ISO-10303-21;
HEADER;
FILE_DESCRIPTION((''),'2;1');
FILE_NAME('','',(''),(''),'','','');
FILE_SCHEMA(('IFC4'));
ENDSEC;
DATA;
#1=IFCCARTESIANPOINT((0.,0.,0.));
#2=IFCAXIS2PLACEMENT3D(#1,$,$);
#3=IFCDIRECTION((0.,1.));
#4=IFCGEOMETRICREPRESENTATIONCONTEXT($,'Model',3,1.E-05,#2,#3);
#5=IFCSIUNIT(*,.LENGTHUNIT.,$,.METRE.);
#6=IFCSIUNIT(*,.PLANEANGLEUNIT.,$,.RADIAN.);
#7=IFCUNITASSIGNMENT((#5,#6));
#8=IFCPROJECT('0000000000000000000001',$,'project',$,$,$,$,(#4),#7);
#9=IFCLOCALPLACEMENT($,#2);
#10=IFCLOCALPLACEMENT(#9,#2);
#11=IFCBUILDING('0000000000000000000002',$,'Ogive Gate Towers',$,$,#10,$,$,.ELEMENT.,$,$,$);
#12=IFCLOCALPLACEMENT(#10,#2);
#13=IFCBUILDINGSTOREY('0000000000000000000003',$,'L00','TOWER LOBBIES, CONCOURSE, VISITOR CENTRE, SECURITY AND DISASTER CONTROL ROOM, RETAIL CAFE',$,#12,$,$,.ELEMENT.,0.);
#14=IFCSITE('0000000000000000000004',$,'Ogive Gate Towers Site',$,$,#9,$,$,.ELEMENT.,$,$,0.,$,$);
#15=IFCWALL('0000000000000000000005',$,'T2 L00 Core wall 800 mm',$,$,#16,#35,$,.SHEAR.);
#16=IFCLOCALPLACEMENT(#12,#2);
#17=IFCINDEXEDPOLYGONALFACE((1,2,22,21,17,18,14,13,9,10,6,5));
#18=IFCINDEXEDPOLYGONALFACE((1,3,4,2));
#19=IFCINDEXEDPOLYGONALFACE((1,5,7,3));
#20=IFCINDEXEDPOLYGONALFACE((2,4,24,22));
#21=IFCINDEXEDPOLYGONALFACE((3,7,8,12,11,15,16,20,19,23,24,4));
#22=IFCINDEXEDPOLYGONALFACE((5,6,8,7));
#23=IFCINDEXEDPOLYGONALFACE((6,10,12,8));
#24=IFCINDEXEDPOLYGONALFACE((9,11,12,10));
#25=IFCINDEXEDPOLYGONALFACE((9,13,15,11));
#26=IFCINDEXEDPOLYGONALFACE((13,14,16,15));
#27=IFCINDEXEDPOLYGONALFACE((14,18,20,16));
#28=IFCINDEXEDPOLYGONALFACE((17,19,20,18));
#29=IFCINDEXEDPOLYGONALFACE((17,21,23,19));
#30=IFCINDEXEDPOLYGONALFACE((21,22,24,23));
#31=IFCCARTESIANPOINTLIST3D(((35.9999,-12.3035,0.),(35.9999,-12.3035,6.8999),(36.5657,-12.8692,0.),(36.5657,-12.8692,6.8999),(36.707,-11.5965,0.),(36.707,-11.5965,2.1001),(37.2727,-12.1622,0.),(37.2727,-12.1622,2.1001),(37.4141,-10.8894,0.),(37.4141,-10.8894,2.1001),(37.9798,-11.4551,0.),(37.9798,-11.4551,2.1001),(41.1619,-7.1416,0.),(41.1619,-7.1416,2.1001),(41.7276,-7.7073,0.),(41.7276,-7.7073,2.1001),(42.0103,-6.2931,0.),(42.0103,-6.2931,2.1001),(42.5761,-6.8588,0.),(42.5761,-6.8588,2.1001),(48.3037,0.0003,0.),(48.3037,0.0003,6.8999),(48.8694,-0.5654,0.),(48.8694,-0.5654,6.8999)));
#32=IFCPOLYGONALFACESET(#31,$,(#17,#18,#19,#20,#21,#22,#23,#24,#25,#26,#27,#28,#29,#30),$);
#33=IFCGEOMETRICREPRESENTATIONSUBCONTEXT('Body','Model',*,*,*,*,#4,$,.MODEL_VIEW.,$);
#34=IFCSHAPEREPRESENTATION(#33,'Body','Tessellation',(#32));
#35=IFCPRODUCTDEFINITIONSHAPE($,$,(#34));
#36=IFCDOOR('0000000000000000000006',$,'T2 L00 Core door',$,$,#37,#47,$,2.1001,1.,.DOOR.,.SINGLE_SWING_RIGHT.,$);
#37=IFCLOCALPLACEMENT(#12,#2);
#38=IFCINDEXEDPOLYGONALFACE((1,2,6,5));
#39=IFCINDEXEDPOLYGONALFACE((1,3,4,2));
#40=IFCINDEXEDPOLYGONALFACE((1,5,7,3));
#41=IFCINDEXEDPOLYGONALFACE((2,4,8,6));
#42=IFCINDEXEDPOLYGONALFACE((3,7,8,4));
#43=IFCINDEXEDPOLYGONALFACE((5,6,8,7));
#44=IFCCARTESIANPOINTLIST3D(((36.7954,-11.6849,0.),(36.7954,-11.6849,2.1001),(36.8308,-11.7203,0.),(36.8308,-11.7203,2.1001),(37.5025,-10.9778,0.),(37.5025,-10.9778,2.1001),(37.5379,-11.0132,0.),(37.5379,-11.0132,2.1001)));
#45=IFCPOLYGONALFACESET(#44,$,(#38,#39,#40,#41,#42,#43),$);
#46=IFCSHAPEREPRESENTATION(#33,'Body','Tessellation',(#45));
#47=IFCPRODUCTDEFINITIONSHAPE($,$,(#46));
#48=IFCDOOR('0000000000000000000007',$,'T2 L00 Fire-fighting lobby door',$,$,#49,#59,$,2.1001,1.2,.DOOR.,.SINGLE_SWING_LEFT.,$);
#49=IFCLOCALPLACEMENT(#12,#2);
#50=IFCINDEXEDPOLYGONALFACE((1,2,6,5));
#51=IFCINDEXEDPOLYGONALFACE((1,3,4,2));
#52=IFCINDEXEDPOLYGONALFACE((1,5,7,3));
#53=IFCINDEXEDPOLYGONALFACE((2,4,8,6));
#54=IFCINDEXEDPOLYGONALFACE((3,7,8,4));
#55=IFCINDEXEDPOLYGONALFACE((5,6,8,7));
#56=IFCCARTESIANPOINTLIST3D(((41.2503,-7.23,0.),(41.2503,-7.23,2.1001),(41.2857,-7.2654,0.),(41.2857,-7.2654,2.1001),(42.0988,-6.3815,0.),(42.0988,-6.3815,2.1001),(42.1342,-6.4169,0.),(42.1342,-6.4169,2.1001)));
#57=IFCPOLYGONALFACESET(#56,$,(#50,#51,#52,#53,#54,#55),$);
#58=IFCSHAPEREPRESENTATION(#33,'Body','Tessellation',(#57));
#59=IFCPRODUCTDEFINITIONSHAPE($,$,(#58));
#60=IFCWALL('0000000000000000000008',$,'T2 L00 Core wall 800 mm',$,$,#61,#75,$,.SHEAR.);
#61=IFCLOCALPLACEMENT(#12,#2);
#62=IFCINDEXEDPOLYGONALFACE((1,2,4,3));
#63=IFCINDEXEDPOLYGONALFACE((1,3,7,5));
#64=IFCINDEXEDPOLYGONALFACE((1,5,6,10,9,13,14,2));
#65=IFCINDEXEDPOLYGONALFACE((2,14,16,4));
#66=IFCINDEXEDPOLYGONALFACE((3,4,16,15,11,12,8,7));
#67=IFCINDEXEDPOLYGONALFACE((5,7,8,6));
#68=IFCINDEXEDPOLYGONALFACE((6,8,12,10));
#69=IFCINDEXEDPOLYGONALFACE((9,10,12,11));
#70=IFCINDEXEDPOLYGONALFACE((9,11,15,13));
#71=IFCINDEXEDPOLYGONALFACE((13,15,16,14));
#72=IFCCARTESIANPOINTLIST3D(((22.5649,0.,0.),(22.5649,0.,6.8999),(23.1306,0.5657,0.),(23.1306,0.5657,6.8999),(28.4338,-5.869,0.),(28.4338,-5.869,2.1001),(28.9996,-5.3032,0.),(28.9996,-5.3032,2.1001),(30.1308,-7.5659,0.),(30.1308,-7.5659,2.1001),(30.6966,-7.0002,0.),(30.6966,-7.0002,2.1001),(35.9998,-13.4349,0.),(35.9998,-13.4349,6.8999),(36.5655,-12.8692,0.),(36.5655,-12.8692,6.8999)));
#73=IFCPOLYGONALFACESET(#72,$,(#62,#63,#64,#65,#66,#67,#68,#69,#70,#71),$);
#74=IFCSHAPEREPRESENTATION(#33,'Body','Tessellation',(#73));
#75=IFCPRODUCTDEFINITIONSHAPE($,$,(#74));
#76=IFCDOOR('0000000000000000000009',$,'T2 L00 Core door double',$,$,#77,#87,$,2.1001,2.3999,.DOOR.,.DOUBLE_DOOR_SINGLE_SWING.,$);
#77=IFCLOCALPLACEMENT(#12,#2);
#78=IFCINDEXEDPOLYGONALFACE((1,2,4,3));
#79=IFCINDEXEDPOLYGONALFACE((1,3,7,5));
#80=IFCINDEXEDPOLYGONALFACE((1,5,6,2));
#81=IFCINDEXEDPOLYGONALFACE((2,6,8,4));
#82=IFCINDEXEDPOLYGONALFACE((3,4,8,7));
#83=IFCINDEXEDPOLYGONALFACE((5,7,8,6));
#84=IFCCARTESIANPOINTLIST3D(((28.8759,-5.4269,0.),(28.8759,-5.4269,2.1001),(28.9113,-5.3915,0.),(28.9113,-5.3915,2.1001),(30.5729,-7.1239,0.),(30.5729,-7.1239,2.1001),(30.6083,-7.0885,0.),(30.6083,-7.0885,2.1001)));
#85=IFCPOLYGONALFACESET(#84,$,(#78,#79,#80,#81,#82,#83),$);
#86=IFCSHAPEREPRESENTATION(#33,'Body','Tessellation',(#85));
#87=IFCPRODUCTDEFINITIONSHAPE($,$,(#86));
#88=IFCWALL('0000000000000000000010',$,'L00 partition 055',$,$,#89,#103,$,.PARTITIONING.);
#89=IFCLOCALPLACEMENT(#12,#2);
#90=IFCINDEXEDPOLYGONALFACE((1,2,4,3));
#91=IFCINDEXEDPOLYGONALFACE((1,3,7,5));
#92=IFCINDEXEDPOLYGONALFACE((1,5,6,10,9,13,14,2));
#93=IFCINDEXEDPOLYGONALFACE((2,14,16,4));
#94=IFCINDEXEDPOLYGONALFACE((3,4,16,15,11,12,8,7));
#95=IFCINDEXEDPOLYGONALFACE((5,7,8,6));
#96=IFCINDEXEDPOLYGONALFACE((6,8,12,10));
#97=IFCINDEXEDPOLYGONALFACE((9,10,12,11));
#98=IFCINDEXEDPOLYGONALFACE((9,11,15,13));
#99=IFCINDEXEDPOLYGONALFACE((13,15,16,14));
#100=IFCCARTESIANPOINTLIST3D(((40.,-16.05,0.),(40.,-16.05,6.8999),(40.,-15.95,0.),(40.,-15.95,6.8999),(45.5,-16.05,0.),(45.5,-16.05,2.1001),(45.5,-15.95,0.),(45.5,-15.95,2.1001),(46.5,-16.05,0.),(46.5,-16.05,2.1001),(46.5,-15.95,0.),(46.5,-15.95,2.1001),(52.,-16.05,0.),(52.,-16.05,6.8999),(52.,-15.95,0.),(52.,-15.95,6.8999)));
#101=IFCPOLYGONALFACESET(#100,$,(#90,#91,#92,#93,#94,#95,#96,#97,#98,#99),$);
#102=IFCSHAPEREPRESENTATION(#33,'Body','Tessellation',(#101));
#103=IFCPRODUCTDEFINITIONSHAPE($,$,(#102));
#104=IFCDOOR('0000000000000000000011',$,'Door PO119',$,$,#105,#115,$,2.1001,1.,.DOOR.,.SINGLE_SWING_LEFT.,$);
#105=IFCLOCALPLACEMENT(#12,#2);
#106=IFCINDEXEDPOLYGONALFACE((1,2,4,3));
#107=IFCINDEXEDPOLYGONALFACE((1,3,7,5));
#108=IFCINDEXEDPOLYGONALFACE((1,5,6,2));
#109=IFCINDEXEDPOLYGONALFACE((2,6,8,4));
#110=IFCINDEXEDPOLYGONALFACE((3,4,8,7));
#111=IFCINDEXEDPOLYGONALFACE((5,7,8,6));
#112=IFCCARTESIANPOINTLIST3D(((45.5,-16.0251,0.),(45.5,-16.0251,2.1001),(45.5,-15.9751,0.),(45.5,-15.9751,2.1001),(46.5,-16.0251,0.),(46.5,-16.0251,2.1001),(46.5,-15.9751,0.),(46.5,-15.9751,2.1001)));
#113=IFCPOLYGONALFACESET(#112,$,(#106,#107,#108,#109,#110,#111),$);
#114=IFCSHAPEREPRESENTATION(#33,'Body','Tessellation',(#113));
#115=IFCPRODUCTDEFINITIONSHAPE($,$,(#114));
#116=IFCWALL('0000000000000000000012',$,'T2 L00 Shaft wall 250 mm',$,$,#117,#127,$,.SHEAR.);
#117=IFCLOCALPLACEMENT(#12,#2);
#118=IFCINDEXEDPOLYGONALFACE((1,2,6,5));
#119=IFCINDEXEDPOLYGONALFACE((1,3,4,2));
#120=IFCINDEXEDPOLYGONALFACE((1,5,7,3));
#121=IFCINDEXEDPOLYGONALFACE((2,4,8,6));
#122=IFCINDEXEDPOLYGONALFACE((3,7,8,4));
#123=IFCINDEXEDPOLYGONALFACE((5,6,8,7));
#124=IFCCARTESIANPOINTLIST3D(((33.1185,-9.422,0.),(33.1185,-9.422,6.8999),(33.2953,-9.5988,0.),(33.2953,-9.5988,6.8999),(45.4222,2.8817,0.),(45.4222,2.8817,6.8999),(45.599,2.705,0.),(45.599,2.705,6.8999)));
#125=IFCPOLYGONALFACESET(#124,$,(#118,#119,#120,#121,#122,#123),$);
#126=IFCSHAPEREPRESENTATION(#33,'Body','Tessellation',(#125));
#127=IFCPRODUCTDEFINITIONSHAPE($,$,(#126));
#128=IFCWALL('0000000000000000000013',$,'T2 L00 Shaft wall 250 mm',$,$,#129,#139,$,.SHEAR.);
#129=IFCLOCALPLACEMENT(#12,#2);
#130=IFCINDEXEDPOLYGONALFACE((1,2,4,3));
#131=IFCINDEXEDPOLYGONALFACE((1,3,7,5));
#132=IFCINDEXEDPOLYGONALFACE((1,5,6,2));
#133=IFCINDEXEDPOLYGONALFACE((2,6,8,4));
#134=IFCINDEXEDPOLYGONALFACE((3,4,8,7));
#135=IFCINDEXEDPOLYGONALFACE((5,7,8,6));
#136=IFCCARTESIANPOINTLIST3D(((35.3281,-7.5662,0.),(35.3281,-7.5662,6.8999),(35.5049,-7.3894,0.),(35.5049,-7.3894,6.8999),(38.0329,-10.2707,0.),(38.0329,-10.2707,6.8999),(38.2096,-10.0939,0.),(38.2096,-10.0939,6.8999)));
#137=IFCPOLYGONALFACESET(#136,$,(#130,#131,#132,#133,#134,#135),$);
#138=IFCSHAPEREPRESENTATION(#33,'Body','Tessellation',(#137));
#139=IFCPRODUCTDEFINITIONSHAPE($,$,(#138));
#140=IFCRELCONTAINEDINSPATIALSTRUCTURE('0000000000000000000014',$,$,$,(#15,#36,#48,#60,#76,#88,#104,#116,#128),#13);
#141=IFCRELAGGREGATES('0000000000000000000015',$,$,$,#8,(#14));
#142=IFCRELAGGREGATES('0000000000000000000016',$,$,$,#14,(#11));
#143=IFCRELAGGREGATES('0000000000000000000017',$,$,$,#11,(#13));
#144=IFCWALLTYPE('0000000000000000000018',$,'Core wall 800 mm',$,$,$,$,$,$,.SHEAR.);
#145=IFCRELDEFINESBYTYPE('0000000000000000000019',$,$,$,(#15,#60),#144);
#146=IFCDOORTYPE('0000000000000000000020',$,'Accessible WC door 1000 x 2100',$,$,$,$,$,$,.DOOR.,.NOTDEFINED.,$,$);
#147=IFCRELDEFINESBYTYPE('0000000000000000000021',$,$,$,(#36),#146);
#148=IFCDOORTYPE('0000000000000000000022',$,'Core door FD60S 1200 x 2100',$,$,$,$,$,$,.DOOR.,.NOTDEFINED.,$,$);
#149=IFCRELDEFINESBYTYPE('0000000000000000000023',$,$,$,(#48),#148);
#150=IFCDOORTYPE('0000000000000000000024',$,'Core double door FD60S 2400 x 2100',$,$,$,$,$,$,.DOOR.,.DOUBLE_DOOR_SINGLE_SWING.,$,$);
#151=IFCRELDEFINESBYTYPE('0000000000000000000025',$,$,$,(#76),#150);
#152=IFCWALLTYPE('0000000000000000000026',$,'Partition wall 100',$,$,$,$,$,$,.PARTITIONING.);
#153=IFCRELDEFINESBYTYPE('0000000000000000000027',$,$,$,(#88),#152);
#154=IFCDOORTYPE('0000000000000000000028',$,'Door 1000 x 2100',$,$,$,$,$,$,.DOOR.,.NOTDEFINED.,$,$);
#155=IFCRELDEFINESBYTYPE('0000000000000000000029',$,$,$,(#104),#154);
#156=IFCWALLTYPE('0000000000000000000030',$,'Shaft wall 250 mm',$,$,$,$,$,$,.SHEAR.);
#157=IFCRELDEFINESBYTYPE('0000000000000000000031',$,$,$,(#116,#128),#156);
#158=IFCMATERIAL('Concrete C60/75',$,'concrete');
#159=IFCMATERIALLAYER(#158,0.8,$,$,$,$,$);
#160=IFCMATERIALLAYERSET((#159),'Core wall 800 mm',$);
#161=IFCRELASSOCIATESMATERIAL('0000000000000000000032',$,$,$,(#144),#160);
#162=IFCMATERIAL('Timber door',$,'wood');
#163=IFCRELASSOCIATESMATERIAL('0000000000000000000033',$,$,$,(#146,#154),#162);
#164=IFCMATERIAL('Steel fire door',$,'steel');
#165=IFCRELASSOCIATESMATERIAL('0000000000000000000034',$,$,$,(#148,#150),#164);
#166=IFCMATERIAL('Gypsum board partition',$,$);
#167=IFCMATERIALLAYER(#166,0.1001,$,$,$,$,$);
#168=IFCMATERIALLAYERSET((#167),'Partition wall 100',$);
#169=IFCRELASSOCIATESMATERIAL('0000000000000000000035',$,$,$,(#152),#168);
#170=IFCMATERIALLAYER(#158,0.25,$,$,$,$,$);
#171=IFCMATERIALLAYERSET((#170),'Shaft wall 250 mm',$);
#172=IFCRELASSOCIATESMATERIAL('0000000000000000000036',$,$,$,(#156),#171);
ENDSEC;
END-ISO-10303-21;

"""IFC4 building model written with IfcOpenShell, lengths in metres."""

from ifc_helpers import new_model, si_unit, direction, frame, frame_2d, origin, place, context, subcontext, project, spatial, rectangle, extrude, material, layer, layer_set, type_object, element, fill, save


model = new_model("IFC4")

# Units and contexts
model_context = context("Model", 3, precision=1e-05, world=origin(), true_north=direction((0.0, 1.0)))
body_context = subcontext(model_context, "Body", "Model", "MODEL_VIEW")
ifc_project = project(units=[si_unit("LENGTHUNIT", "METRE"), si_unit("PLANEANGLEUNIT", "RADIAN")], contexts=[model_context])

# Site, building, storey
site_placement = place(None, origin())
site = spatial("IfcSite", under=ifc_project, at=site_placement, Name="Ogive Gate Towers Site", CompositionType="ELEMENT", RefElevation=0.0)
building_placement = place(site_placement, origin())
building = spatial("IfcBuilding", under=site, at=building_placement, Name="Ogive Gate Towers", CompositionType="ELEMENT")
storey_placement = place(building_placement, origin())
storey = spatial("IfcBuildingStorey", under=building, at=storey_placement, Name="L00", Description="TOWER LOBBIES, CONCOURSE, VISITOR CENTRE, SECURITY AND DISASTER CONTROL ROOM, RETAIL CAFE", CompositionType="ELEMENT", Elevation=0.0)

# Wall, openings, doors
ifc_material_1 = material(Name="Concrete C60/75", Category="concrete")
ifc_layer_1 = layer(ifc_material_1, 0.8)
ifc_layer_set_1 = layer_set([ifc_layer_1], Name="Core wall 800 mm")
wall_type_1 = type_object("IfcWallType", Name="Core wall 800 mm", PredefinedType="SHEAR", material=ifc_layer_set_1)
wall_1_placement = place(storey_placement, frame((36.2827, -12.5864, 0.0), z_axis=(0.0, 0.0, 1.0), x_axis=(0.707107, 0.707107, 0.0)))
wall_1 = element("IfcWall", 1, at=wall_1_placement, inside=storey, type_object=wall_type_1, Name="T2 L00 Core wall 800 mm", PredefinedType="SHEAR", context=body_context, shape_type="SweptSolid", body=[
    extrude(rectangle(XDim=17.4001, YDim=0.8, at=frame_2d((8.7002, 0.0))), origin(), (0.0, 0.0, 1.0), 6.8999),
])
opening_1_placement = place(wall_1_placement, frame((7.3, 0.0, 0.0)))
opening_1 = element("IfcOpeningElement", 2, at=opening_1_placement, cuts=wall_1, PredefinedType="OPENING", context=body_context, shape_type="SweptSolid", body=[
    extrude(rectangle(XDim=1.2, YDim=2.1001, at=frame_2d((0.6001, 1.05))), frame((0.0, 0.4102, 0.0), z_axis=(0.0, -1.0, 0.0), x_axis=(1.0, 0.0, 0.0)), (0.0, 0.0, 1.0), 0.8201),
])
opening_2_placement = place(wall_1_placement, frame((1.0, 0.0, 0.0)))
opening_2 = element("IfcOpeningElement", 3, at=opening_2_placement, cuts=wall_1, PredefinedType="OPENING", context=body_context, shape_type="SweptSolid", body=[
    extrude(rectangle(XDim=1.0, YDim=2.1001, at=frame_2d((0.5, 1.05))), frame((0.0, 0.4102, 0.0), z_axis=(0.0, -1.0, 0.0), x_axis=(1.0, 0.0, 0.0)), (0.0, 0.0, 1.0), 0.8201),
])
ifc_material_2 = material(Name="Timber door", Category="wood")
door_type_1 = type_object("IfcDoorType", Name="Accessible WC door 1000 x 2100", OperationType="NOTDEFINED", PredefinedType="DOOR", material=ifc_material_2)
door_1_placement = place(opening_2_placement, origin())
door_1 = element("IfcDoor", 4, at=door_1_placement, inside=storey, type_object=door_type_1, Name="T2 L00 Core door", OperationType="SINGLE_SWING_RIGHT", OverallHeight=2.1001, OverallWidth=1.0, PredefinedType="DOOR", context=body_context, shape_type="SweptSolid", body=[
    extrude(rectangle(XDim=1.0, YDim=2.1001, at=frame_2d((0.5, 1.05))), frame((0.0, 0.2749, 0.0), z_axis=(0.0, -1.0, 0.0), x_axis=(1.0, 0.0, 0.0)), (0.0, 0.0, 1.0), 0.05),
])
fill(opening_2, door_1)
ifc_material_3 = material(Name="Steel fire door", Category="steel")
door_type_2 = type_object("IfcDoorType", Name="Core door FD60S 1200 x 2100", OperationType="NOTDEFINED", PredefinedType="DOOR", material=ifc_material_3)
door_2_placement = place(opening_1_placement, origin())
door_2 = element("IfcDoor", 5, at=door_2_placement, inside=storey, type_object=door_type_2, Name="T2 L00 Fire-fighting lobby door", OperationType="SINGLE_SWING_LEFT", OverallHeight=2.1001, OverallWidth=1.2, PredefinedType="DOOR", context=body_context, shape_type="SweptSolid", body=[
    extrude(rectangle(XDim=1.2, YDim=2.1001, at=frame_2d((0.6001, 1.05))), frame((0.0, 0.2749, 0.0), z_axis=(0.0, -1.0, 0.0), x_axis=(1.0, 0.0, 0.0)), (0.0, 0.0, 1.0), 0.05),
])
fill(opening_1, door_2)

# Walls, openings, doors
wall_2_placement = place(storey_placement, frame((36.2827, -13.1521, 0.0), z_axis=(0.0, 0.0, 1.0), x_axis=(-0.707107, 0.707107, 0.0)))
wall_2 = element("IfcWall", 6, at=wall_2_placement, inside=storey, type_object=wall_type_1, Name="T2 L00 Core wall 800 mm", PredefinedType="SHEAR", context=body_context, shape_type="SweptSolid", body=[
    extrude(rectangle(XDim=18.9998, YDim=0.8, at=frame_2d((9.5, 0.0))), origin(), (0.0, 0.0, 1.0), 6.8999),
])
opening_3_placement = place(wall_2_placement, frame((8.3, 0.0, 0.0)))
opening_3 = element("IfcOpeningElement", 7, at=opening_3_placement, cuts=wall_2, PredefinedType="OPENING", context=body_context, shape_type="SweptSolid", body=[
    extrude(rectangle(XDim=2.3999, YDim=2.1001, at=frame_2d((1.2, 1.05))), frame((0.0, 0.4102, 0.0), z_axis=(0.0, -1.0, 0.0), x_axis=(1.0, 0.0, 0.0)), (0.0, 0.0, 1.0), 0.8201),
])
door_type_3 = type_object("IfcDoorType", Name="Core double door FD60S 2400 x 2100", OperationType="DOUBLE_DOOR_SINGLE_SWING", PredefinedType="DOOR", material=ifc_material_3)
door_3_placement = place(opening_3_placement, origin())
door_3 = element("IfcDoor", 8, at=door_3_placement, inside=storey, type_object=door_type_3, Name="T2 L00 Core door double", OperationType="DOUBLE_DOOR_SINGLE_SWING", OverallHeight=2.1001, OverallWidth=2.3999, PredefinedType="DOOR", context=body_context, shape_type="SweptSolid", body=[
    extrude(rectangle(XDim=2.3999, YDim=2.1001, at=frame_2d((1.2, 1.05))), frame((0.0, -0.2251, 0.0), z_axis=(0.0, -1.0, 0.0), x_axis=(1.0, 0.0, 0.0)), (0.0, 0.0, 1.0), 0.05),
])
fill(opening_3, door_3)
ifc_material_4 = material(Name="Gypsum board partition")
ifc_layer_2 = layer(ifc_material_4, 0.1001)
ifc_layer_set_2 = layer_set([ifc_layer_2], Name="Partition wall 100")
wall_type_2 = type_object("IfcWallType", Name="Partition wall 100", PredefinedType="PARTITIONING", material=ifc_layer_set_2)
wall_3_placement = place(storey_placement, frame((40.0, -16.0, 0.0), z_axis=(0.0, 0.0, 1.0), x_axis=(1.0, 0.0, 0.0)))
wall_3 = element("IfcWall", 9, at=wall_3_placement, inside=storey, type_object=wall_type_2, Name="L00 partition 055", PredefinedType="PARTITIONING", context=body_context, shape_type="SweptSolid", body=[
    extrude(rectangle(XDim=12.0, YDim=0.1001, at=frame_2d((6.0, 0.0))), origin(), (0.0, 0.0, 1.0), 6.8999),
])
opening_4_placement = place(wall_3_placement, frame((5.5, 0.0, 0.0)))
opening_4 = element("IfcOpeningElement", 10, at=opening_4_placement, cuts=wall_3, PredefinedType="OPENING", context=body_context, shape_type="SweptSolid", body=[
    extrude(rectangle(XDim=1.0, YDim=2.1001, at=frame_2d((0.5, 1.05))), frame((0.0, 0.0601, 0.0), z_axis=(0.0, -1.0, 0.0), x_axis=(1.0, 0.0, 0.0)), (0.0, 0.0, 1.0), 0.1201),
])
door_type_4 = type_object("IfcDoorType", Name="Door 1000 x 2100", OperationType="NOTDEFINED", PredefinedType="DOOR", material=ifc_material_2)
door_4_placement = place(opening_4_placement, origin())
door_4 = element("IfcDoor", 11, at=door_4_placement, inside=storey, type_object=door_type_4, Name="Door PO119", OperationType="SINGLE_SWING_LEFT", OverallHeight=2.1001, OverallWidth=1.0, PredefinedType="DOOR", context=body_context, shape_type="SweptSolid", body=[
    extrude(rectangle(XDim=1.0, YDim=2.1001, at=frame_2d((0.5, 1.05))), frame((0.0, 0.0249, 0.0), z_axis=(0.0, -1.0, 0.0), x_axis=(1.0, 0.0, 0.0)), (0.0, 0.0, 1.0), 0.05),
])
fill(opening_4, door_4)

# Walls
ifc_layer_3 = layer(ifc_material_1, 0.25)
ifc_layer_set_3 = layer_set([ifc_layer_3], Name="Shaft wall 250 mm")
wall_type_3 = type_object("IfcWallType", Name="Shaft wall 250 mm", PredefinedType="SHEAR", material=ifc_layer_set_3)
wall_4_placement = place(storey_placement, frame((33.2068, -9.5105, 0.0), z_axis=(0.0, 0.0, 1.0), x_axis=(0.707107, 0.707107, 0.0)))
element("IfcWall", 12, at=wall_4_placement, inside=storey, type_object=wall_type_3, Name="T2 L00 Shaft wall 250 mm", PredefinedType="SHEAR", context=body_context, shape_type="SweptSolid", body=[
    extrude(rectangle(XDim=17.4001, YDim=0.25, at=frame_2d((8.7002, 0.0))), origin(), (0.0, 0.0, 1.0), 6.8999),
])
wall_5_placement = place(storey_placement, frame((38.1213, -10.1824, 0.0), z_axis=(0.0, 0.0, 1.0), x_axis=(-0.707139, 0.707075, 0.0)))
element("IfcWall", 13, at=wall_5_placement, inside=storey, type_object=wall_type_3, Name="T2 L00 Shaft wall 250 mm", PredefinedType="SHEAR", context=body_context, shape_type="SweptSolid", body=[
    extrude(rectangle(XDim=3.825, YDim=0.25, at=frame_2d((1.9126, 0.0))), origin(), (0.0, 0.0, 1.0), 6.8999),
])

save(model, "model.ifc")
